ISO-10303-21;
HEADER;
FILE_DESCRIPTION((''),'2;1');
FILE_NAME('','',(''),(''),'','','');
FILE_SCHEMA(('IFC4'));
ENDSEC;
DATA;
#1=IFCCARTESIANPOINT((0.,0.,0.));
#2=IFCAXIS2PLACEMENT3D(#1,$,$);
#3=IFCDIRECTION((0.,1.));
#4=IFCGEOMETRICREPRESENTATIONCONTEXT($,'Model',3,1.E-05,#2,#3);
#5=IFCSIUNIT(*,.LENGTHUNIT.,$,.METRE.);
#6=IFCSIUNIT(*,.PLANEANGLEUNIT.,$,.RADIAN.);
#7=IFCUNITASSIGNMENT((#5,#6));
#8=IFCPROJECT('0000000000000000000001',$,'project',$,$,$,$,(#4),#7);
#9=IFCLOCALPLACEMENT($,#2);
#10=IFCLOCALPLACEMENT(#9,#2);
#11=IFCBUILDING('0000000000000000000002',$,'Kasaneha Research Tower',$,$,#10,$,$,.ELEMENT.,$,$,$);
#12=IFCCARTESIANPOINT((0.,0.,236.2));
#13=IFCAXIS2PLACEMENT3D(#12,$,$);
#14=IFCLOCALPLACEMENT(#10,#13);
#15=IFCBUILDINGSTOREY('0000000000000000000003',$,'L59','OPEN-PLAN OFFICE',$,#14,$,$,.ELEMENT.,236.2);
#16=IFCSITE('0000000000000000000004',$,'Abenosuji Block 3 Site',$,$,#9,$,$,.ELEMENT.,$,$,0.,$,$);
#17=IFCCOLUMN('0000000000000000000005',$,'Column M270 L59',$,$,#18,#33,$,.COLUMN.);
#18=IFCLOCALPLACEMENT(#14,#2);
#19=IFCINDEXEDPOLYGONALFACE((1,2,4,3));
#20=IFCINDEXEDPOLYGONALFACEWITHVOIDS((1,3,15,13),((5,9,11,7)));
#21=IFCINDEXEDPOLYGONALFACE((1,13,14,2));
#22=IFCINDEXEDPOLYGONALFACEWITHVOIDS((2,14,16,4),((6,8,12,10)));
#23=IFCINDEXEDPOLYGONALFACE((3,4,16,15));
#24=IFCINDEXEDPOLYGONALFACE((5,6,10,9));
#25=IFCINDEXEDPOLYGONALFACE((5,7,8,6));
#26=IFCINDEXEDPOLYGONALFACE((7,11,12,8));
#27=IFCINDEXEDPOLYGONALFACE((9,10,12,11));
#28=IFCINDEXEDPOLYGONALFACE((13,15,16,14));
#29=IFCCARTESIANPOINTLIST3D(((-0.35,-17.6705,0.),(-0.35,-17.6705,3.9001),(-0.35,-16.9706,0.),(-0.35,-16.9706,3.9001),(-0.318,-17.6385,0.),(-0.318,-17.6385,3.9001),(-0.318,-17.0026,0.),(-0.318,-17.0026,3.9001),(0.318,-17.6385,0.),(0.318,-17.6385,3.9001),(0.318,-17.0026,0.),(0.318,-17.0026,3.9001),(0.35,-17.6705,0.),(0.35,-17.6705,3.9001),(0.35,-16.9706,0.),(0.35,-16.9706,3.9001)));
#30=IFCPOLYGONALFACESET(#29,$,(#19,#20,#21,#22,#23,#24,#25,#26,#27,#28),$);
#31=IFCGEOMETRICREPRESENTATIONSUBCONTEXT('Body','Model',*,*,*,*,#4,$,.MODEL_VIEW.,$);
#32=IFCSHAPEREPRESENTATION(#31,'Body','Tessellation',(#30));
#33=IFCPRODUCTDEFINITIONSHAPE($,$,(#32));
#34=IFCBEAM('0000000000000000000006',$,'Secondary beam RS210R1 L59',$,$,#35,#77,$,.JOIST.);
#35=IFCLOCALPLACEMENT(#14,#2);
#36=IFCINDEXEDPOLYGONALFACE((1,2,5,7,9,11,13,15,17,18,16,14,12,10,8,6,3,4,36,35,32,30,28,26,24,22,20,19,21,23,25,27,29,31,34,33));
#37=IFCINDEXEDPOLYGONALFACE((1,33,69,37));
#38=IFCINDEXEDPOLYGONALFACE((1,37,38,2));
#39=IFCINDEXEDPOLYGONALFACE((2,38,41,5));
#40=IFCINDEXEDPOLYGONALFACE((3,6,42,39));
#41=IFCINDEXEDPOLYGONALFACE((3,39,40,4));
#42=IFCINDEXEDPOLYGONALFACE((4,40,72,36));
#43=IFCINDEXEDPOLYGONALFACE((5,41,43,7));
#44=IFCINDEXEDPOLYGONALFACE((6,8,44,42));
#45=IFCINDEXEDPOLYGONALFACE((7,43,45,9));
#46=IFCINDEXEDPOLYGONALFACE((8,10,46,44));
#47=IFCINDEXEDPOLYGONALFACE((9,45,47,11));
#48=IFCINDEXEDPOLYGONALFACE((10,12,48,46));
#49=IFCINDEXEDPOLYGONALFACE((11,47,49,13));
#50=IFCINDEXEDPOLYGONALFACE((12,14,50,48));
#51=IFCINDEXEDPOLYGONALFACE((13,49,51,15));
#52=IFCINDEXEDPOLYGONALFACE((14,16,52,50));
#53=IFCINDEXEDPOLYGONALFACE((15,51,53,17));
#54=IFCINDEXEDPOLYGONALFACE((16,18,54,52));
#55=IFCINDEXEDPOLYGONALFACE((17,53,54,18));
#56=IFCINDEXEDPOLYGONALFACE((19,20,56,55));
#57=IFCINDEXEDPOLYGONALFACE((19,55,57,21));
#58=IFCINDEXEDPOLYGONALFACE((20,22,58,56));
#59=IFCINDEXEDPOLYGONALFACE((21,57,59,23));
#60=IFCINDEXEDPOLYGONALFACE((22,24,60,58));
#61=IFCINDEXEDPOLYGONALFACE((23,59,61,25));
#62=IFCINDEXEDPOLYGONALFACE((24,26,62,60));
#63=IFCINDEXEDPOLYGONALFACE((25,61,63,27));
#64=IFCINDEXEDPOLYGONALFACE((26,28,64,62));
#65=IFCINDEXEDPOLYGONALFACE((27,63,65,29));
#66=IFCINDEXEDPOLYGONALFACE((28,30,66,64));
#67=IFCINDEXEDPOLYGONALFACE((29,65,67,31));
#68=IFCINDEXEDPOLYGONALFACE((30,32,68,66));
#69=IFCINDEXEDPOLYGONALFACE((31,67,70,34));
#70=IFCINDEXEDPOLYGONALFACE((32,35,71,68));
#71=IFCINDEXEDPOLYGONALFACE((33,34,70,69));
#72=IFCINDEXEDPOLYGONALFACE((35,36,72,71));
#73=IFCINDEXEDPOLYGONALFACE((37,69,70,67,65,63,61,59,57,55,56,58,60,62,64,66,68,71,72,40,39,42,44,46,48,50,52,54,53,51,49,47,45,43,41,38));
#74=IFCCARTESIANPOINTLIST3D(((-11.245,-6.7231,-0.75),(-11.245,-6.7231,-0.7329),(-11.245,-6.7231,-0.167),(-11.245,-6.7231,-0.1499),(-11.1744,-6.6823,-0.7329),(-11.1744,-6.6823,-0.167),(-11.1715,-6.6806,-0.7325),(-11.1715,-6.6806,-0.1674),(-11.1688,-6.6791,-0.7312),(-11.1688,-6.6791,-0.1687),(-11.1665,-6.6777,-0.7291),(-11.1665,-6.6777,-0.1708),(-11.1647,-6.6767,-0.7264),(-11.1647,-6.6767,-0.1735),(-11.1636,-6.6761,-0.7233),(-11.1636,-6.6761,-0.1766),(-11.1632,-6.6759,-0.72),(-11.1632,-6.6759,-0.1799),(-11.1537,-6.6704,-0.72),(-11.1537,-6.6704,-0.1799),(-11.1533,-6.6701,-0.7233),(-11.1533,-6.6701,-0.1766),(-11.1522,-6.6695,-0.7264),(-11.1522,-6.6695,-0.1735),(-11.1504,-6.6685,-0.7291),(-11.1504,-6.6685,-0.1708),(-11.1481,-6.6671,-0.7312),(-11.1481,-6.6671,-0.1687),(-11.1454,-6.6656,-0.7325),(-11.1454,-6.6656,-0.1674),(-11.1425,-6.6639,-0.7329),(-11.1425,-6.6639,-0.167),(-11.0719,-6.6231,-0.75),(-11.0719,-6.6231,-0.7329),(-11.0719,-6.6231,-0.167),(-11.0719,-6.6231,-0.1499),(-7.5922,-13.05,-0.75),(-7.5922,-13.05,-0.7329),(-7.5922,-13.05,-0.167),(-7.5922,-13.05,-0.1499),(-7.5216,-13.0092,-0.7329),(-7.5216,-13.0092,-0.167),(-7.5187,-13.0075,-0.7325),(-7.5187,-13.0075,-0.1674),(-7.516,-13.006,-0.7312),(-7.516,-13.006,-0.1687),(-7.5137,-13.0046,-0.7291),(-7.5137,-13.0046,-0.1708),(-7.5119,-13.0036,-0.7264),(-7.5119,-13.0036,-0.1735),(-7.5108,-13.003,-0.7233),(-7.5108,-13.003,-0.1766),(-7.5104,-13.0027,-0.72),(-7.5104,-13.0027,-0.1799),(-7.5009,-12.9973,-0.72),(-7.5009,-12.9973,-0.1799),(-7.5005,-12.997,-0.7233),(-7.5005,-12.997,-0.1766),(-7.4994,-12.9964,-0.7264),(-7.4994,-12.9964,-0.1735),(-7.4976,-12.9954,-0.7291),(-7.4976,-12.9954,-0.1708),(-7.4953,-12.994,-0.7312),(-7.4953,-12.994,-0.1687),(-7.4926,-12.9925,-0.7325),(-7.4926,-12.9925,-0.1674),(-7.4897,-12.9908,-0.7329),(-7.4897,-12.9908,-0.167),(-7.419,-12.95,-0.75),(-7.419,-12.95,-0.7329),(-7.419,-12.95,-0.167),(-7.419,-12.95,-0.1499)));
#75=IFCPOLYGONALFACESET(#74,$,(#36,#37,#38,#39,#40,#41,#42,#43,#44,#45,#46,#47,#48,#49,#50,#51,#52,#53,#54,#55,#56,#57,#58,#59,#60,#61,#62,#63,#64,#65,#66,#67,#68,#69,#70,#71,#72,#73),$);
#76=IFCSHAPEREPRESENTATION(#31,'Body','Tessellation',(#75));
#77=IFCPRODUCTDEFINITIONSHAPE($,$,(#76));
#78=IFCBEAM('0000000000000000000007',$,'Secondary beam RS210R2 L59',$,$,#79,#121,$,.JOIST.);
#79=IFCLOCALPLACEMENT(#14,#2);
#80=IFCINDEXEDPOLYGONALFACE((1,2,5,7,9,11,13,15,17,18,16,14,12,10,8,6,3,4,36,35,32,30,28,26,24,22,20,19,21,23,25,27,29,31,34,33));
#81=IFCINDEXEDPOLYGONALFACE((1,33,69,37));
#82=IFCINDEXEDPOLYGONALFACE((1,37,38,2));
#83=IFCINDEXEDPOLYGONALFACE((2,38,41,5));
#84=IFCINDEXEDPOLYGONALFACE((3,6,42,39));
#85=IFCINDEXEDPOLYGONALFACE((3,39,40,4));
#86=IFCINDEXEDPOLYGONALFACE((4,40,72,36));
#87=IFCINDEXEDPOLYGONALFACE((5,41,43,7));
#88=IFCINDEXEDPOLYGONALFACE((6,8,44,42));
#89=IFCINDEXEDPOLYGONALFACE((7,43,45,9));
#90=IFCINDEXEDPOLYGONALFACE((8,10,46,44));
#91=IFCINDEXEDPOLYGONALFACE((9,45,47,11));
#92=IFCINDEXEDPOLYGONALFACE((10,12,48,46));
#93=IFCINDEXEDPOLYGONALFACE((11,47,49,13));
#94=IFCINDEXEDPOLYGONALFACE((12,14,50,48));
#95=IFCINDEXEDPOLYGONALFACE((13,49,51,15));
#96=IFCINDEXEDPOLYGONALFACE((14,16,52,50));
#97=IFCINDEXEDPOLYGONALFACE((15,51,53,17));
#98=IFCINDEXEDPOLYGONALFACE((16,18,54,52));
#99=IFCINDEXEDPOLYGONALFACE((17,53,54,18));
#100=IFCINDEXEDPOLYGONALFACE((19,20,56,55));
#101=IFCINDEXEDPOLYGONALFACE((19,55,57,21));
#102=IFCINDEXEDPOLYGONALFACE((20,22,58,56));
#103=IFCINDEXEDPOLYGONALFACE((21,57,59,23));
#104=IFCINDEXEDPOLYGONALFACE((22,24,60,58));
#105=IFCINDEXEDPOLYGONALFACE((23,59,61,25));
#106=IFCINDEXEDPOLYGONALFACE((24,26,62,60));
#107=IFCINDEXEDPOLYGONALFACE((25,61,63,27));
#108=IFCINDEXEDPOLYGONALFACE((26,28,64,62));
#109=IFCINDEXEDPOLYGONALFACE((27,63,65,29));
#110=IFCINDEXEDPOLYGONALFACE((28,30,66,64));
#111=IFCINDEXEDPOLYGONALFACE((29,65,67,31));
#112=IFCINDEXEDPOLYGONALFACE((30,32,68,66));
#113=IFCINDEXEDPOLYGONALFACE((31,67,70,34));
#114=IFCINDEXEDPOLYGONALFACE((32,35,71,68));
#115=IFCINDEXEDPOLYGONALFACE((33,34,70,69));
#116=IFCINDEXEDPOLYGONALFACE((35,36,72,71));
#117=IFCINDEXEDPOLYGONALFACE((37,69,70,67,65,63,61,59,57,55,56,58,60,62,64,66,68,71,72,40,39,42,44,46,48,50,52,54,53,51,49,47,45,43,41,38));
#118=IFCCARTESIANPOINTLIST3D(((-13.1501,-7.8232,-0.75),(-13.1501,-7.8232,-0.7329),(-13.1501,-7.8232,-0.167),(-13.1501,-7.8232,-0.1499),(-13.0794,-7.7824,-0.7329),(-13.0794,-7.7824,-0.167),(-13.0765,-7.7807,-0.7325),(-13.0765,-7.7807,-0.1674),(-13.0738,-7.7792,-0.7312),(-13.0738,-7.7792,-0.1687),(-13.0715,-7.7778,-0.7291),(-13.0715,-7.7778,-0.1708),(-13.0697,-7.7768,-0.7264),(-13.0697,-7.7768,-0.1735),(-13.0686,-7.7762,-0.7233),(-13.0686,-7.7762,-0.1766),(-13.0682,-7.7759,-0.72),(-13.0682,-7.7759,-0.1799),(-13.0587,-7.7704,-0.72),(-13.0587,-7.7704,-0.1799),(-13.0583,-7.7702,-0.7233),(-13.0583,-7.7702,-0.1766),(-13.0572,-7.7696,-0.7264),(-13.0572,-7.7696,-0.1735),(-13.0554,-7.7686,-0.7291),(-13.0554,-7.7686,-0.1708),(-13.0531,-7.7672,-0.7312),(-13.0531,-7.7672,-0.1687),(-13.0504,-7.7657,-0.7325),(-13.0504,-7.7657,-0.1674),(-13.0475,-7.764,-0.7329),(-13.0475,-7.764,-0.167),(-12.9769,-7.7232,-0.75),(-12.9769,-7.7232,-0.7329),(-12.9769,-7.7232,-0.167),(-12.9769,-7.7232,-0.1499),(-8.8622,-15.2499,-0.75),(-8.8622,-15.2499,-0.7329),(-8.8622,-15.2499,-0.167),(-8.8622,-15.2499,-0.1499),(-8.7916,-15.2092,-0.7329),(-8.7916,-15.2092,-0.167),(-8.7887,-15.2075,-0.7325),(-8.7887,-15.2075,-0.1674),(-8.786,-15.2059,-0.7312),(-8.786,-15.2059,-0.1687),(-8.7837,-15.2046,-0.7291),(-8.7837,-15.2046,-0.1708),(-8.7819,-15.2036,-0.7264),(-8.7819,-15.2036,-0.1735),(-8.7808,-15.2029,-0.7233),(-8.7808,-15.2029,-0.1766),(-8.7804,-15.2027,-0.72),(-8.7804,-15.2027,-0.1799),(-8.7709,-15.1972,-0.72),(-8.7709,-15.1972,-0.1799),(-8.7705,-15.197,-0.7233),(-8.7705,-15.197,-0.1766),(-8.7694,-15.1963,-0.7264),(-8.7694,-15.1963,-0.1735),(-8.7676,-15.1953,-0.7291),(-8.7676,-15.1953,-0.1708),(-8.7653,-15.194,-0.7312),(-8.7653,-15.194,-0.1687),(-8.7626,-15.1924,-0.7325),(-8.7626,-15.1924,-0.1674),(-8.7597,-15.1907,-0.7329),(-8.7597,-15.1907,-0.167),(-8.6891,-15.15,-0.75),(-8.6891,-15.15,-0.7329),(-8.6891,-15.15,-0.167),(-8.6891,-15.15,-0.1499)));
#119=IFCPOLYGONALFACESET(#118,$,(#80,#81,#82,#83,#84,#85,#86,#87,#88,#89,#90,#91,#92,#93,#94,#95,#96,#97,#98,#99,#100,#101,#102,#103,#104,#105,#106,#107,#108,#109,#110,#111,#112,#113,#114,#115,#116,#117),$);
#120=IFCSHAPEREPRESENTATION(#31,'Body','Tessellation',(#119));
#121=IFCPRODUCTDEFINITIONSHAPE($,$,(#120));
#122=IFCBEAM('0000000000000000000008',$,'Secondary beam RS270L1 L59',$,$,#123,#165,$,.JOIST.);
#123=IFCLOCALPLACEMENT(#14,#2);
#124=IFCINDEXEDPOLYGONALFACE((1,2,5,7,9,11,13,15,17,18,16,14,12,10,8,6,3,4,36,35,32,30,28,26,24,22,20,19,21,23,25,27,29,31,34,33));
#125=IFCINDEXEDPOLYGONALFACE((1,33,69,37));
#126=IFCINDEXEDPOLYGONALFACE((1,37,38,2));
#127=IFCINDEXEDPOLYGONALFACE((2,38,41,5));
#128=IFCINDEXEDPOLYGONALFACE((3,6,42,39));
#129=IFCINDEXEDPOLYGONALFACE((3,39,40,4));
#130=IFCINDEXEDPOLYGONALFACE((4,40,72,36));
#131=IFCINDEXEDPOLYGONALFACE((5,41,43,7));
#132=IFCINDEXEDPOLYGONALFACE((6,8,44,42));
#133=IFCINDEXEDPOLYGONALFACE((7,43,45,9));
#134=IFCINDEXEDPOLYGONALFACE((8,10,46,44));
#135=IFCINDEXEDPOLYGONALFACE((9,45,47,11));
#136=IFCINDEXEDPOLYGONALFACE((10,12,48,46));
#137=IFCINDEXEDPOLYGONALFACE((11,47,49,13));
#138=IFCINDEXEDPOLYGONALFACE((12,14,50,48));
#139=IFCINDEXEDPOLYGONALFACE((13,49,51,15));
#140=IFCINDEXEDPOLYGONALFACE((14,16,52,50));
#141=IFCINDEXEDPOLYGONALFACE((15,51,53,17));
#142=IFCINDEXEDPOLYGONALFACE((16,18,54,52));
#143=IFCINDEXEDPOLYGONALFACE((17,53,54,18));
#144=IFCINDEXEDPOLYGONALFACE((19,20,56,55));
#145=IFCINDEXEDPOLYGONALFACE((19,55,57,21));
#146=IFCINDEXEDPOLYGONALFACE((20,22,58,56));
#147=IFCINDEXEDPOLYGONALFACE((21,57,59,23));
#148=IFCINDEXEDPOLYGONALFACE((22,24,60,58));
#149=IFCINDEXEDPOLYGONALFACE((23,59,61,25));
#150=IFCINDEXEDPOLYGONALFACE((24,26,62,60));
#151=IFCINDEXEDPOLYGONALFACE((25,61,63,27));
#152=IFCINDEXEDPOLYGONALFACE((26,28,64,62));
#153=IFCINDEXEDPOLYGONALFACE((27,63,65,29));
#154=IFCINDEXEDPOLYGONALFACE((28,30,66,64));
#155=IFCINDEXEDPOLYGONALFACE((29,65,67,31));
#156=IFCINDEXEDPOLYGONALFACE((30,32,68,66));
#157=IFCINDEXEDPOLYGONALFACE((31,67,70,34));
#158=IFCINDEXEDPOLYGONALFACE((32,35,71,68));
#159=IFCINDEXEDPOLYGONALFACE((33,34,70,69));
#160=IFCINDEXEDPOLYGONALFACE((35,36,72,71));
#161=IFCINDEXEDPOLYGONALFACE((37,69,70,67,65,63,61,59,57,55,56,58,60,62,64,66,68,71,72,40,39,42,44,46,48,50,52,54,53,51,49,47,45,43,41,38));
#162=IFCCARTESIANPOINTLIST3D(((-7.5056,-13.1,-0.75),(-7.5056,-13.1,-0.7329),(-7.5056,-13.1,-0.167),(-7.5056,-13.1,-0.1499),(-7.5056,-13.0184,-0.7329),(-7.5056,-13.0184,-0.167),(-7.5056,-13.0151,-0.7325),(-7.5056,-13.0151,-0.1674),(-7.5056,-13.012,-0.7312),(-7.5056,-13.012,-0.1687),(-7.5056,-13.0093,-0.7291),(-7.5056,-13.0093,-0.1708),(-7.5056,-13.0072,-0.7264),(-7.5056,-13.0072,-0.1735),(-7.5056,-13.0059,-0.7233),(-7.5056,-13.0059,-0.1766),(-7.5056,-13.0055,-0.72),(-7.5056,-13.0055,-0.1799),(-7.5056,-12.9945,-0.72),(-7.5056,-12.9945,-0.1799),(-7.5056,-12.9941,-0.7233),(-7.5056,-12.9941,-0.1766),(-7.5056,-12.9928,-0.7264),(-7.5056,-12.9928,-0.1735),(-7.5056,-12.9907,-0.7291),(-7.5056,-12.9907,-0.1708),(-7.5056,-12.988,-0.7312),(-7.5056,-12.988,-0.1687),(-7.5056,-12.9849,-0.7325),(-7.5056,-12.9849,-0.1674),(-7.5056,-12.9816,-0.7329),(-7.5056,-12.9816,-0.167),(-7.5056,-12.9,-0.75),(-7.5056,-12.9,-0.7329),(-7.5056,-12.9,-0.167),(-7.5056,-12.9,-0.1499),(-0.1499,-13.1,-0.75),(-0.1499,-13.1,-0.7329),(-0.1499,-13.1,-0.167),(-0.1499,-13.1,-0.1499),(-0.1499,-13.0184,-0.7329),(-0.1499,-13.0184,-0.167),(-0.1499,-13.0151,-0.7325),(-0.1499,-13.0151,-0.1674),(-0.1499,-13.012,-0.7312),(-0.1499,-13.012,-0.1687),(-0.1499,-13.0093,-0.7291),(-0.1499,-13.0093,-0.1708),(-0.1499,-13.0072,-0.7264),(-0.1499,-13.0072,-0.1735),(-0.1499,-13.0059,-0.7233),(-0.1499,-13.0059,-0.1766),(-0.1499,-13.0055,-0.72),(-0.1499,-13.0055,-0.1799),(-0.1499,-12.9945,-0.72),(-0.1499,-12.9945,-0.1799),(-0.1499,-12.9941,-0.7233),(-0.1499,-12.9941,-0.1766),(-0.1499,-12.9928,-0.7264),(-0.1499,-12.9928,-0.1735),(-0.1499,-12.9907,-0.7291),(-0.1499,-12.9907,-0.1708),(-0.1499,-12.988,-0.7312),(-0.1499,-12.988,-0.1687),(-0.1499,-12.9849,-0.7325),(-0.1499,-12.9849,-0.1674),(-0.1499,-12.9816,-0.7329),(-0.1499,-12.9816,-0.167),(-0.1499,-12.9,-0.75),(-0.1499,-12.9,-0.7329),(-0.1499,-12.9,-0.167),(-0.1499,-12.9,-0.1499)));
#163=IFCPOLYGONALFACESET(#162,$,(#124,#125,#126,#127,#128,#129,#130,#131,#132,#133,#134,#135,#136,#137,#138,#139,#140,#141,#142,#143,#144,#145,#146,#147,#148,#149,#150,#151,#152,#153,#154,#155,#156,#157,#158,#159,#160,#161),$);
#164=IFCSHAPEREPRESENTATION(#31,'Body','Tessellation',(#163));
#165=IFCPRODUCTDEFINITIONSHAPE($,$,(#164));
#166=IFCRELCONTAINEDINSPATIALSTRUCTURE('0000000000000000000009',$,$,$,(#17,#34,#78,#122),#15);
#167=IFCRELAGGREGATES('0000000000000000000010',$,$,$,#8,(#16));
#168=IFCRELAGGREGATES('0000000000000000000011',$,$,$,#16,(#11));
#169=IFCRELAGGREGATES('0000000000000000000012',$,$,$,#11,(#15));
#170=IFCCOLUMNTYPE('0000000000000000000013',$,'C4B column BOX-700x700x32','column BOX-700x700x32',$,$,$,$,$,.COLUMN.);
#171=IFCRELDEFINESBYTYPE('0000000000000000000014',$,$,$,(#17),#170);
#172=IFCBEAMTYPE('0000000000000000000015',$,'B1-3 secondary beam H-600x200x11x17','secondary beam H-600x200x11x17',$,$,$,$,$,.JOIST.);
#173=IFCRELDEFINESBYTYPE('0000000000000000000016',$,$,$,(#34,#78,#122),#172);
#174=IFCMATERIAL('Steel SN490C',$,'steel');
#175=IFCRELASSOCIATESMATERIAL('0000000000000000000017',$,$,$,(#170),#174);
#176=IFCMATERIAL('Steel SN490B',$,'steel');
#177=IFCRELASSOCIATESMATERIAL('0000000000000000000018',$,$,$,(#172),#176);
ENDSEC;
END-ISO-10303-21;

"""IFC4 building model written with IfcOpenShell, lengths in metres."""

from ifc_helpers import new_model, si_unit, direction, frame, origin, origin_2d, place, context, subcontext, project, spatial, hollow_rectangle, i_section, extrude, material, material_profile, profile_set, type_object, element, save


model = new_model("IFC4")

# Units and contexts
model_context = context("Model", 3, precision=1e-05, world=origin(), true_north=direction((0.0, 1.0)))
body_context = subcontext(model_context, "Body", "Model", "MODEL_VIEW")
ifc_project = project(units=[si_unit("LENGTHUNIT", "METRE"), si_unit("PLANEANGLEUNIT", "RADIAN")], contexts=[model_context])

# Site, building, storey
site_placement = place(None, origin())
site = spatial("IfcSite", under=ifc_project, at=site_placement, Name="Abenosuji Block 3 Site", CompositionType="ELEMENT", RefElevation=0.0)
building_placement = place(site_placement, origin())
building = spatial("IfcBuilding", under=site, at=building_placement, Name="Kasaneha Research Tower", CompositionType="ELEMENT")
storey_placement = place(building_placement, frame((0.0, 0.0, 236.2)))
storey = spatial("IfcBuildingStorey", under=building, at=storey_placement, Name="L59", Description="OPEN-PLAN OFFICE", CompositionType="ELEMENT", Elevation=236.2)

# Column
ifc_material_1 = material(Name="Steel SN490C", Category="steel")
ifc_material_profile_1 = material_profile(ifc_material_1, hollow_rectangle(XDim=0.7, YDim=0.7, WallThickness=0.032, at=origin_2d()), Name="BOX-700x700x32")
ifc_profile_set_1 = profile_set([ifc_material_profile_1], Name="Steel SN490C")
column_type = type_object("IfcColumnType", Name="C4B column BOX-700x700x32", Description="column BOX-700x700x32", PredefinedType="COLUMN", material=ifc_profile_set_1)
column_placement = place(storey_placement, frame((0.0, -17.3206, 0.0), z_axis=(0.0, 0.0, 1.0), x_axis=(1.0, 0.0, 0.0)))
element("IfcColumn", 1, at=column_placement, inside=storey, type_object=column_type, Name="Column M270 L59", PredefinedType="COLUMN", context=body_context, shape_type="SweptSolid", body=[
    extrude(hollow_rectangle(XDim=0.7, YDim=0.7, WallThickness=0.032, at=origin_2d()), origin(), (0.0, 0.0, 1.0), 3.9001),
])

# Beams
ifc_material_2 = material(Name="Steel SN490B", Category="steel")
ifc_material_profile_2 = material_profile(ifc_material_2, i_section(OverallWidth=0.2, OverallDepth=0.6001, WebThickness=0.011, FlangeThickness=0.0171, FilletRadius=0.0129, at=origin_2d()), Name="H-600x200x11x17")
ifc_profile_set_2 = profile_set([ifc_material_profile_2], Name="Steel SN490B")
beam_type_1 = type_object("IfcBeamType", Name="B1-3 secondary beam H-600x200x11x17", Description="secondary beam H-600x200x11x17", PredefinedType="JOIST", material=ifc_profile_set_2)
beam_1_placement = place(storey_placement, frame((-7.5056, -13.0, -0.45), z_axis=(-0.499999, 0.866026, 0.0), x_axis=(-0.866026, -0.499999, 0.0)))
element("IfcBeam", 2, at=beam_1_placement, inside=storey, type_object=beam_type_1, Name="Secondary beam RS210R1 L59", PredefinedType="JOIST", context=body_context, shape_type="SweptSolid", body=[
    extrude(i_section(OverallWidth=0.2, OverallDepth=0.6001, WebThickness=0.011, FlangeThickness=0.0171, FilletRadius=0.0129, at=origin_2d()), origin(), (0.0, 0.0, 1.0), 7.3057),
])
beam_2_placement = place(storey_placement, frame((-8.7756, -15.2, -0.45), z_axis=(-0.5, 0.866025, 0.0), x_axis=(-0.866025, -0.5, 0.0)))
element("IfcBeam", 3, at=beam_2_placement, inside=storey, type_object=beam_type_1, Name="Secondary beam RS210R2 L59", PredefinedType="JOIST", context=body_context, shape_type="SweptSolid", body=[
    extrude(i_section(OverallWidth=0.2, OverallDepth=0.6001, WebThickness=0.011, FlangeThickness=0.0171, FilletRadius=0.0129, at=origin_2d()), origin(), (0.0, 0.0, 1.0), 8.5757),
])
beam_3_placement = place(storey_placement, frame((-7.5056, -13.0, -0.45), z_axis=(1.0, 0.0, 0.0), x_axis=(0.0, 1.0, 0.0)))
element("IfcBeam", 4, at=beam_3_placement, inside=storey, type_object=beam_type_1, Name="Secondary beam RS270L1 L59", PredefinedType="JOIST", context=body_context, shape_type="SweptSolid", body=[
    extrude(i_section(OverallWidth=0.2, OverallDepth=0.6001, WebThickness=0.011, FlangeThickness=0.0171, FilletRadius=0.0129, at=origin_2d()), origin(), (0.0, 0.0, 1.0), 7.3557),
])

save(model, "model.ifc")
